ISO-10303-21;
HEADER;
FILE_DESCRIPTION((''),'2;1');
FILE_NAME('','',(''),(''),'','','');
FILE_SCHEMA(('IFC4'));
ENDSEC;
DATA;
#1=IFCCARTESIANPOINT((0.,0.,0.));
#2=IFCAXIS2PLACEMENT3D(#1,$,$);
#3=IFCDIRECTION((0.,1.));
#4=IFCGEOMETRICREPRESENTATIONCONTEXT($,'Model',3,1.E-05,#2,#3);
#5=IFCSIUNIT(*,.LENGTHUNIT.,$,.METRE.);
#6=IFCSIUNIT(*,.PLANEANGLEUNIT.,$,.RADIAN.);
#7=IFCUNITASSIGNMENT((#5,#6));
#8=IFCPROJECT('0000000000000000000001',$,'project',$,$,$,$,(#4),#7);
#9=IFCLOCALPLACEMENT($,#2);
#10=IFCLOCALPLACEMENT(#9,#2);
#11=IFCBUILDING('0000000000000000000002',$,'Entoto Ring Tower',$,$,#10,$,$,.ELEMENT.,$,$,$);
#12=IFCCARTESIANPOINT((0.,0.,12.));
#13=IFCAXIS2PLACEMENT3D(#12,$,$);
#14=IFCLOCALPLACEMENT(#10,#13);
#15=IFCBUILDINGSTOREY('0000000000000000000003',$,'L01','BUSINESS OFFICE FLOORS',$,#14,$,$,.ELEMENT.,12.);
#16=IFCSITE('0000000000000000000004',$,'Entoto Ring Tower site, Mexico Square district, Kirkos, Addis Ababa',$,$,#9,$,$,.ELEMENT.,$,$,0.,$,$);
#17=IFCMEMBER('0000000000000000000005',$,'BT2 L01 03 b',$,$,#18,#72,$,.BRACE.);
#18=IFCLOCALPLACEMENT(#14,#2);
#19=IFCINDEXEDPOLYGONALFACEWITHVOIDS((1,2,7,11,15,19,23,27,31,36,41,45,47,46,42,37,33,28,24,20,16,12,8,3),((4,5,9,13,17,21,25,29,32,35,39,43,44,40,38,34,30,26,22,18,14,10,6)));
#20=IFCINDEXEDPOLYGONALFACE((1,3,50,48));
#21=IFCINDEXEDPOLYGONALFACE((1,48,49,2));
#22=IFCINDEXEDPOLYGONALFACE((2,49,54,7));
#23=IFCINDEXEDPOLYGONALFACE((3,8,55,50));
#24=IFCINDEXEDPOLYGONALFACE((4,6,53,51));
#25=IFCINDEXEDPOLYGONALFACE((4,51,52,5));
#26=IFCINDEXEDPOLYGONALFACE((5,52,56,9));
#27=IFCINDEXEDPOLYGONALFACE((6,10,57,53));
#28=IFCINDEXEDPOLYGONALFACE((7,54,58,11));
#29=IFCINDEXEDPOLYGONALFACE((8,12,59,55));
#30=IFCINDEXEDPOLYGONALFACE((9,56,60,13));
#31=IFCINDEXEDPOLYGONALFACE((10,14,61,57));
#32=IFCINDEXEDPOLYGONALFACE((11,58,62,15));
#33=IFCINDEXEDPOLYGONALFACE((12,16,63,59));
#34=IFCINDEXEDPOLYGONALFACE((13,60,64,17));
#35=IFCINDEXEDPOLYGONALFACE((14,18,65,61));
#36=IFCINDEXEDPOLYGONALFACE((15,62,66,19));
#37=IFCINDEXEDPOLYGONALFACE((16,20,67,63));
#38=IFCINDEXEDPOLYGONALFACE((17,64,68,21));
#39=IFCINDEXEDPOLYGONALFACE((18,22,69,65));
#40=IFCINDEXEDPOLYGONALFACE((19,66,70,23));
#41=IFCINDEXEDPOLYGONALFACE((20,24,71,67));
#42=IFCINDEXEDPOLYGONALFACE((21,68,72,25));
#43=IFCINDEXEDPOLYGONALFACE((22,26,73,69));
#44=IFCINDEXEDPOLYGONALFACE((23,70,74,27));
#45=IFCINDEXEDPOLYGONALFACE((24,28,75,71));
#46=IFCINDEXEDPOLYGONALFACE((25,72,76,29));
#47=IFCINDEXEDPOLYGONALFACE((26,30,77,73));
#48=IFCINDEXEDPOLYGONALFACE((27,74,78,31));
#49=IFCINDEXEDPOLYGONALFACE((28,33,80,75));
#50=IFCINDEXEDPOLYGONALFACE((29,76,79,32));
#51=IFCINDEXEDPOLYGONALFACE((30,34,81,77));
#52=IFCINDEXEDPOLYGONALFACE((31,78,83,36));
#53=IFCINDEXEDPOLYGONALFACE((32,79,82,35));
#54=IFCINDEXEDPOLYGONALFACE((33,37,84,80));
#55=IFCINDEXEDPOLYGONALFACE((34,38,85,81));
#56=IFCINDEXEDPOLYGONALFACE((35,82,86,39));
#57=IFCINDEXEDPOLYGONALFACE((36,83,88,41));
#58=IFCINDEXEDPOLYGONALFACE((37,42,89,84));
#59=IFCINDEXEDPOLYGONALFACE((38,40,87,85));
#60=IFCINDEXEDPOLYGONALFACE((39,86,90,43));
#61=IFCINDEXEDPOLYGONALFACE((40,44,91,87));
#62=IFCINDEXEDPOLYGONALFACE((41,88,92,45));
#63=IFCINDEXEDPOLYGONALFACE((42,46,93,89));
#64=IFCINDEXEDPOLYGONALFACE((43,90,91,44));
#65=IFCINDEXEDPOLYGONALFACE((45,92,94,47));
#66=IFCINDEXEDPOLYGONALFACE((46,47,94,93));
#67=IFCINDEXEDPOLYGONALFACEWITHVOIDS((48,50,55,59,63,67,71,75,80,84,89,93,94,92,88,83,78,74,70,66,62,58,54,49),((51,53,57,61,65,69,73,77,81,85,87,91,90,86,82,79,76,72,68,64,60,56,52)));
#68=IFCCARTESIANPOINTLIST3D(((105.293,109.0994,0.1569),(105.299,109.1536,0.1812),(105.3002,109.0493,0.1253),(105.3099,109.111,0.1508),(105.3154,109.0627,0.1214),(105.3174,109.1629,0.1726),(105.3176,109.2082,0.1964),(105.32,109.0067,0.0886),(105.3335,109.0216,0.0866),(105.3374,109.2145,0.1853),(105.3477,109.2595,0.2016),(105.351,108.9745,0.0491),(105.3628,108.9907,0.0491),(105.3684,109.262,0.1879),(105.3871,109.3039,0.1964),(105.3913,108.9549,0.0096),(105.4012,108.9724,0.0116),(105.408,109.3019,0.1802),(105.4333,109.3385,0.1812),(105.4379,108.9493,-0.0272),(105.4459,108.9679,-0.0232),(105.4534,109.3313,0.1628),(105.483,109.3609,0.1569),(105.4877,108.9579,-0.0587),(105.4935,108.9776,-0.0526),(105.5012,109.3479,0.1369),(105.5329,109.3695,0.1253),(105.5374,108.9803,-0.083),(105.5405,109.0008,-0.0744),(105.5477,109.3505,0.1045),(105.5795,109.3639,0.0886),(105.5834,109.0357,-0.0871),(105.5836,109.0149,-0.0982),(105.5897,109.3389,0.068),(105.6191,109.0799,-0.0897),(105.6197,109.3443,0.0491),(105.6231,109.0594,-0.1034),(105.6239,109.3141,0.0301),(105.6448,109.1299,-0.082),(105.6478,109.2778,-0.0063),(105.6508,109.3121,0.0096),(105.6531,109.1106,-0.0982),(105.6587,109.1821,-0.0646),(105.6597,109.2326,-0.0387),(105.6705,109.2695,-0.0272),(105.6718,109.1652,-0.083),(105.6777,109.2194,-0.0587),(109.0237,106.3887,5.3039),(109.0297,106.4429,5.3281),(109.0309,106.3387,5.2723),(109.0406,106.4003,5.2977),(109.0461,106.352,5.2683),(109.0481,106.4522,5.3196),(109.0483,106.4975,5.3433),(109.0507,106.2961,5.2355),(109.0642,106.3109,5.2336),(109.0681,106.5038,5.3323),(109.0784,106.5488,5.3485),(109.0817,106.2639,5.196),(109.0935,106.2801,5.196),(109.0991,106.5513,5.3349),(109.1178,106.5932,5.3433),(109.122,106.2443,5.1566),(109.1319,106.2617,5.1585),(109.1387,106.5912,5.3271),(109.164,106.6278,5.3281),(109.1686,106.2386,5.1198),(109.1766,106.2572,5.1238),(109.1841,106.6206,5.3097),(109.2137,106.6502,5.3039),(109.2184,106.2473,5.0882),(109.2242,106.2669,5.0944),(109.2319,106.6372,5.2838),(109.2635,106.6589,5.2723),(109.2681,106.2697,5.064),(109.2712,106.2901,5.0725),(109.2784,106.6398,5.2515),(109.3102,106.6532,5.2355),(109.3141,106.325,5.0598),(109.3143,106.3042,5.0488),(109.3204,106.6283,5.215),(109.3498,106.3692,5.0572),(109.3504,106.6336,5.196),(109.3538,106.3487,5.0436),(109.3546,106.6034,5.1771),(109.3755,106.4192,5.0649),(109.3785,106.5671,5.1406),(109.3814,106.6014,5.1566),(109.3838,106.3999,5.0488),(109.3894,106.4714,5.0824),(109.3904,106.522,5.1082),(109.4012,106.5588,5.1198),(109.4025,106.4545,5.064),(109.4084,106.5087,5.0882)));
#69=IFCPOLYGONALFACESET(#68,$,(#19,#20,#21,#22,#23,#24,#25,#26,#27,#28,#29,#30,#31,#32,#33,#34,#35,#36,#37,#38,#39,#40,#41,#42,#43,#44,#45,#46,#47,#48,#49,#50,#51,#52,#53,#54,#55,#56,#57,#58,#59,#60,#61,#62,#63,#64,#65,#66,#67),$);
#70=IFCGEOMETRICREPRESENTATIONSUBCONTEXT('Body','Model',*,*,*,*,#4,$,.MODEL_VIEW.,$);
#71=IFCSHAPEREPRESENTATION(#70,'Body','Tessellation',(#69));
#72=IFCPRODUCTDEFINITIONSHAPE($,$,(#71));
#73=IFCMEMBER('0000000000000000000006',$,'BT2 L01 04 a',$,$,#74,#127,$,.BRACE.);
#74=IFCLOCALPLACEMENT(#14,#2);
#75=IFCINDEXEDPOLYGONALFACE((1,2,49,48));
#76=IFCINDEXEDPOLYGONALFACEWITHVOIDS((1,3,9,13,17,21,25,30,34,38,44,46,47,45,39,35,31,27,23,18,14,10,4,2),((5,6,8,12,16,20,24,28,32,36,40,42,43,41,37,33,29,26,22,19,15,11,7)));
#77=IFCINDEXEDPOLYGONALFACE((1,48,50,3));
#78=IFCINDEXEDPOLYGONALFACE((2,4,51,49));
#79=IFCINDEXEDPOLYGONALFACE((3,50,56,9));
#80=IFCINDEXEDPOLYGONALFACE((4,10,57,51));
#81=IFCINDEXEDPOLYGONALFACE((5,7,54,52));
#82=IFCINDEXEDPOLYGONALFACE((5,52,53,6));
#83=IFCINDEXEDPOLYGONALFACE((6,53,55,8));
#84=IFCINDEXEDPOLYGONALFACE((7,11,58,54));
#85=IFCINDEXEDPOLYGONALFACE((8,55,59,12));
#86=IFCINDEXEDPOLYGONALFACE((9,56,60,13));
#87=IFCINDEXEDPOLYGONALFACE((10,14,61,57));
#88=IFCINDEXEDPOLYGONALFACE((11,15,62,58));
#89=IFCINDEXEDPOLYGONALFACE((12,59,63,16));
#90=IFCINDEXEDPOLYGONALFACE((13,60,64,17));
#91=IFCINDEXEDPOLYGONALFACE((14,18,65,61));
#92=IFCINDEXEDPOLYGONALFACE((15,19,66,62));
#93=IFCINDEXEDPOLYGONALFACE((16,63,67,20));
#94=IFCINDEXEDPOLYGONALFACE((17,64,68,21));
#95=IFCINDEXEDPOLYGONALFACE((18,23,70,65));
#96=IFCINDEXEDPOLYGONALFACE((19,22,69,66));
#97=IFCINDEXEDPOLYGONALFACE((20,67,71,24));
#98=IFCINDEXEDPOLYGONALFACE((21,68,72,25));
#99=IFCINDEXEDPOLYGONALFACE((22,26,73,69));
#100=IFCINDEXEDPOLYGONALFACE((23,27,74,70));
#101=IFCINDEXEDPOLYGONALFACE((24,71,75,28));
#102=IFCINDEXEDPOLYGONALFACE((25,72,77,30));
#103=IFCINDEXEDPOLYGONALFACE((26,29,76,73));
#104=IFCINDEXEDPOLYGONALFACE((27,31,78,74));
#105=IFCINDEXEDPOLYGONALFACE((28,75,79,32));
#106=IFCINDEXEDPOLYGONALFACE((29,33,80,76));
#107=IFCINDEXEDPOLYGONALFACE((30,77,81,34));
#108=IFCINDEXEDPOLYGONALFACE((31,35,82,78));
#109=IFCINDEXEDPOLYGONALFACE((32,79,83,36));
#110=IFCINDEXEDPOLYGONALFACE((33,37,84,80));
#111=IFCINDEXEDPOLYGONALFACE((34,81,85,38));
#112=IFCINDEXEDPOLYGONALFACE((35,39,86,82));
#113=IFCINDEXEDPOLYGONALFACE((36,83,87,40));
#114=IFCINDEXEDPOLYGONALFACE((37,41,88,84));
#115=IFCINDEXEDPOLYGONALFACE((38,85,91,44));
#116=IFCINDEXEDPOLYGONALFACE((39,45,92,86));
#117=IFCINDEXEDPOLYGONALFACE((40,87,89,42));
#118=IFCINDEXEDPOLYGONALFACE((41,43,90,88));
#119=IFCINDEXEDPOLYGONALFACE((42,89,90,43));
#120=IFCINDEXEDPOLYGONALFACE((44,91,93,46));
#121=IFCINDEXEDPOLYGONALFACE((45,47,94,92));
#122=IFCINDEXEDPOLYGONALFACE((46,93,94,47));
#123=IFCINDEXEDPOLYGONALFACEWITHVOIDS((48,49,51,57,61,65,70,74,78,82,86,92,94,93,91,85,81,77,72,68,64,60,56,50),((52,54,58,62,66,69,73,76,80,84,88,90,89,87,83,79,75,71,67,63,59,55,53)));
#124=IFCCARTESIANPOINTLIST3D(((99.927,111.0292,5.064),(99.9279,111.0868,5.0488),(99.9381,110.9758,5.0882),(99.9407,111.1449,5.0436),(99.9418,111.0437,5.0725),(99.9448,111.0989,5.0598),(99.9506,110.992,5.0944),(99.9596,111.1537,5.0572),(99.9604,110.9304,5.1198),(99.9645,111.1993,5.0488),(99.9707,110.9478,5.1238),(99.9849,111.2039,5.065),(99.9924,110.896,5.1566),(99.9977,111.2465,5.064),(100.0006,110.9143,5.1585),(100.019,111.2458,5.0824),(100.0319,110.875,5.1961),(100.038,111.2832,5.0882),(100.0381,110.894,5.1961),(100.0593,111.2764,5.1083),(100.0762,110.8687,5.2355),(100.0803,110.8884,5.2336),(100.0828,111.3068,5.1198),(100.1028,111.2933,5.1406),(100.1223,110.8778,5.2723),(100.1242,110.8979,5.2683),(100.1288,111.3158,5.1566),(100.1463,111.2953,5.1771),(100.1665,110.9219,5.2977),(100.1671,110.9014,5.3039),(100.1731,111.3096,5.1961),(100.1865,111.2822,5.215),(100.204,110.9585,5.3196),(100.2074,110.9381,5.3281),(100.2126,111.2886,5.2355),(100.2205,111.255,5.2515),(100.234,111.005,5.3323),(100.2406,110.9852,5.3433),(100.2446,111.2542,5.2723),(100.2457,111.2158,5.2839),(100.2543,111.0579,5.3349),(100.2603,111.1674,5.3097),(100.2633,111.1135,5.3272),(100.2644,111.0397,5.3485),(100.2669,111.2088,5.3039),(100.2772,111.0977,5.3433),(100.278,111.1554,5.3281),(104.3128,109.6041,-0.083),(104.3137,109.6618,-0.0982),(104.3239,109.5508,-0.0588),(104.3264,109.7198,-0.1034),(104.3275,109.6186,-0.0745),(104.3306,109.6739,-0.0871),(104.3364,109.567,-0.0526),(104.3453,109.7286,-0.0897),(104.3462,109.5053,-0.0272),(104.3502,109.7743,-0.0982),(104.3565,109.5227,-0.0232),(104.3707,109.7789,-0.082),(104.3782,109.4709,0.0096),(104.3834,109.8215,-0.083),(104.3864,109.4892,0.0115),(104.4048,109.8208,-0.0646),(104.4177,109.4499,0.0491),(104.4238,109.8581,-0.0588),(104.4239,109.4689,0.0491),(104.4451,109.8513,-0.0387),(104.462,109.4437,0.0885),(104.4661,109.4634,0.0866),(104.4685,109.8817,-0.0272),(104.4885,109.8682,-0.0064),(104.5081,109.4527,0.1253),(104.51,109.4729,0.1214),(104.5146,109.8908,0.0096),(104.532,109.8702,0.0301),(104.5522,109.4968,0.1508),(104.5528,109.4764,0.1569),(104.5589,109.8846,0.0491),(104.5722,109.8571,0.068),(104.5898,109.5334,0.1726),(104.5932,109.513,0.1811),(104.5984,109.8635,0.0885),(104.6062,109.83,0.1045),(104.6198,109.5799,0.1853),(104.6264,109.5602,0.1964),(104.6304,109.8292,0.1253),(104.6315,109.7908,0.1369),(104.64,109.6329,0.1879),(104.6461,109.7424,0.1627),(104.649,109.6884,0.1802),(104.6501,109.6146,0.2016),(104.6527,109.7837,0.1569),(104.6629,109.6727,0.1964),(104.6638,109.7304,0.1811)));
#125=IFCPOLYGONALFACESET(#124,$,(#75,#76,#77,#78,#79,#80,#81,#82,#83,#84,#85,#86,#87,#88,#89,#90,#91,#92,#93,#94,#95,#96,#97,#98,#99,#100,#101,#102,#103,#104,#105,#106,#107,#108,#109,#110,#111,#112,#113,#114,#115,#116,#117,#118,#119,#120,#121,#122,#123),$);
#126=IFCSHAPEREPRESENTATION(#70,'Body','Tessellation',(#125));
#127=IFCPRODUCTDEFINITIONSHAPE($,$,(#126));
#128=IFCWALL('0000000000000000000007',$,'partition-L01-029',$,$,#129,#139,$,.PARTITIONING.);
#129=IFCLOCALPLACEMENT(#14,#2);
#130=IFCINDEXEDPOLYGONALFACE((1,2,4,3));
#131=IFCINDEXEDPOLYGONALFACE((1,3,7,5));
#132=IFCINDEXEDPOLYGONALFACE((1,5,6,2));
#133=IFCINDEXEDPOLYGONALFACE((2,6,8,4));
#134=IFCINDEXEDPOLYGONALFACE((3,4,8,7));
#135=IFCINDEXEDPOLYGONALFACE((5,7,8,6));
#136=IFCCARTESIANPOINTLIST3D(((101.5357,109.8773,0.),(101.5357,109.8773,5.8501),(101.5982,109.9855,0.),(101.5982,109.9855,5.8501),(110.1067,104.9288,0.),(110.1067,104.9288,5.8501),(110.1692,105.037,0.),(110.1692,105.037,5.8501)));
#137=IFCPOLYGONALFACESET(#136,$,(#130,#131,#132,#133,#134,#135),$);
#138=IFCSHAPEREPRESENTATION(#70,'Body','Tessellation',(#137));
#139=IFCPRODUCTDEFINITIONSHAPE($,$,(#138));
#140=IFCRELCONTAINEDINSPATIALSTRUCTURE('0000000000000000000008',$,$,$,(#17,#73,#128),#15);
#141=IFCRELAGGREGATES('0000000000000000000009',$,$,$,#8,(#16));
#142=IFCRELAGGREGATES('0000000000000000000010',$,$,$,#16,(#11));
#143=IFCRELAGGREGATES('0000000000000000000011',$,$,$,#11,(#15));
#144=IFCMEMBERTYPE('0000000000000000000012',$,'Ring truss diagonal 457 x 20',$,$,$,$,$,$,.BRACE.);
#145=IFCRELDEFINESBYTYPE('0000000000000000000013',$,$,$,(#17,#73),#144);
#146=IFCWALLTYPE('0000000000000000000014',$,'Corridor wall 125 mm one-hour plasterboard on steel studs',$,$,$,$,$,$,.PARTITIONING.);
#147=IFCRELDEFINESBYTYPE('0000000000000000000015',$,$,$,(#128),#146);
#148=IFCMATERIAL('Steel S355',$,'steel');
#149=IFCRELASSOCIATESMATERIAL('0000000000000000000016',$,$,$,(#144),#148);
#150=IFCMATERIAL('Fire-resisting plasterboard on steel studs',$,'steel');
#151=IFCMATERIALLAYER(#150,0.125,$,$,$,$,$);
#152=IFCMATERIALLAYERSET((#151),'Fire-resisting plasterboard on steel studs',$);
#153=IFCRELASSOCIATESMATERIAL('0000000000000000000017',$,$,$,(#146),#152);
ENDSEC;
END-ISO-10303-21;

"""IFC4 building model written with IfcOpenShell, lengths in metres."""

from ifc_helpers import new_model, si_unit, direction, frame, frame_2d, origin, origin_2d, place, context, subcontext, project, spatial, rectangle, circle, hollow_circle, extrude, material, layer, layer_set, material_profile, profile_set, type_object, element, save


model = new_model("IFC4")

# Units and contexts
model_context = context("Model", 3, precision=1e-05, world=origin(), true_north=direction((0.0, 1.0)))
body_context = subcontext(model_context, "Body", "Model", "MODEL_VIEW")
ifc_project = project(units=[si_unit("LENGTHUNIT", "METRE"), si_unit("PLANEANGLEUNIT", "RADIAN")], contexts=[model_context])

# Site, building, storey
site_placement = place(None, origin())
site = spatial("IfcSite", under=ifc_project, at=site_placement, Name="Entoto Ring Tower site, Mexico Square district, Kirkos, Addis Ababa", CompositionType="ELEMENT", RefElevation=0.0)
building_placement = place(site_placement, origin())
building = spatial("IfcBuilding", under=site, at=building_placement, Name="Entoto Ring Tower", CompositionType="ELEMENT")
storey_placement = place(building_placement, frame((0.0, 0.0, 12.0)))
storey = spatial("IfcBuildingStorey", under=building, at=storey_placement, Name="L01", Description="BUSINESS OFFICE FLOORS", CompositionType="ELEMENT", Elevation=12.0)

# Members
ifc_material_1 = material(Name="Steel S355", Category="steel")
ifc_material_profile_1 = material_profile(ifc_material_1, hollow_circle(Radius=0.2285, WallThickness=0.02, at=origin_2d()), Name="CHS 457 x 20")
ifc_material_2 = material(Name="Concrete C60/75", Category="concrete")
ifc_material_profile_2 = material_profile(ifc_material_2, circle(Radius=0.2085, at=origin_2d()), Name="Concrete C60/75 infill")
ifc_profile_set_1 = profile_set([ifc_material_profile_1, ifc_material_profile_2], Name="Steel S355")
member_type_1 = type_object("IfcMemberType", Name="Ring truss diagonal 457 x 20", PredefinedType="BRACE", material=ifc_profile_set_1)
for number, where, z_axis, x_axis, name in (
    (1, (109.2161, 106.4487, 5.196), (-0.539848, 0.392247, -0.744786), (-0.58781, -0.808999, 0.0), "BT2 L01 03 b"),
    (2, (104.4883, 109.6672, 0.0491), (-0.634637, 0.206211, 0.744791), (-0.309024, -0.951054, 0.0), "BT2 L01 04 a"),
):
    element("IfcMember", number, at=place(storey_placement, frame(where, z_axis=z_axis, x_axis=x_axis)), inside=storey, type_object=member_type_1, Name=name, PredefinedType="BRACE", context=body_context, shape_type="SweptSolid", body=[
        extrude(hollow_circle(Radius=0.2285, WallThickness=0.02, at=origin_2d()), origin(), (0.0, 0.0, 1.0), 6.9106),
    ])

# Wall
ifc_material_3 = material(Name="Fire-resisting plasterboard on steel studs", Category="steel")
ifc_layer = layer(ifc_material_3, 0.125)
ifc_layer_set = layer_set([ifc_layer], Name="Fire-resisting plasterboard on steel studs")
wall_type = type_object("IfcWallType", Name="Corridor wall 125 mm one-hour plasterboard on steel studs", PredefinedType="PARTITIONING", material=ifc_layer_set)
wall_placement = place(storey_placement, frame((110.1379, 104.9829, 0.0), z_axis=(0.0, 0.0, 1.0), x_axis=(-0.866026, 0.499999, 0.0)))
element("IfcWall", 3, at=wall_placement, inside=storey, type_object=wall_type, Name="partition-L01-029", PredefinedType="PARTITIONING", context=body_context, shape_type="SweptSolid", body=[
    extrude(rectangle(XDim=9.897, YDim=0.125, at=frame_2d((4.9485, 0.0))), origin(), (0.0, 0.0, 1.0), 5.8501),
])

save(model, "model.ifc")
